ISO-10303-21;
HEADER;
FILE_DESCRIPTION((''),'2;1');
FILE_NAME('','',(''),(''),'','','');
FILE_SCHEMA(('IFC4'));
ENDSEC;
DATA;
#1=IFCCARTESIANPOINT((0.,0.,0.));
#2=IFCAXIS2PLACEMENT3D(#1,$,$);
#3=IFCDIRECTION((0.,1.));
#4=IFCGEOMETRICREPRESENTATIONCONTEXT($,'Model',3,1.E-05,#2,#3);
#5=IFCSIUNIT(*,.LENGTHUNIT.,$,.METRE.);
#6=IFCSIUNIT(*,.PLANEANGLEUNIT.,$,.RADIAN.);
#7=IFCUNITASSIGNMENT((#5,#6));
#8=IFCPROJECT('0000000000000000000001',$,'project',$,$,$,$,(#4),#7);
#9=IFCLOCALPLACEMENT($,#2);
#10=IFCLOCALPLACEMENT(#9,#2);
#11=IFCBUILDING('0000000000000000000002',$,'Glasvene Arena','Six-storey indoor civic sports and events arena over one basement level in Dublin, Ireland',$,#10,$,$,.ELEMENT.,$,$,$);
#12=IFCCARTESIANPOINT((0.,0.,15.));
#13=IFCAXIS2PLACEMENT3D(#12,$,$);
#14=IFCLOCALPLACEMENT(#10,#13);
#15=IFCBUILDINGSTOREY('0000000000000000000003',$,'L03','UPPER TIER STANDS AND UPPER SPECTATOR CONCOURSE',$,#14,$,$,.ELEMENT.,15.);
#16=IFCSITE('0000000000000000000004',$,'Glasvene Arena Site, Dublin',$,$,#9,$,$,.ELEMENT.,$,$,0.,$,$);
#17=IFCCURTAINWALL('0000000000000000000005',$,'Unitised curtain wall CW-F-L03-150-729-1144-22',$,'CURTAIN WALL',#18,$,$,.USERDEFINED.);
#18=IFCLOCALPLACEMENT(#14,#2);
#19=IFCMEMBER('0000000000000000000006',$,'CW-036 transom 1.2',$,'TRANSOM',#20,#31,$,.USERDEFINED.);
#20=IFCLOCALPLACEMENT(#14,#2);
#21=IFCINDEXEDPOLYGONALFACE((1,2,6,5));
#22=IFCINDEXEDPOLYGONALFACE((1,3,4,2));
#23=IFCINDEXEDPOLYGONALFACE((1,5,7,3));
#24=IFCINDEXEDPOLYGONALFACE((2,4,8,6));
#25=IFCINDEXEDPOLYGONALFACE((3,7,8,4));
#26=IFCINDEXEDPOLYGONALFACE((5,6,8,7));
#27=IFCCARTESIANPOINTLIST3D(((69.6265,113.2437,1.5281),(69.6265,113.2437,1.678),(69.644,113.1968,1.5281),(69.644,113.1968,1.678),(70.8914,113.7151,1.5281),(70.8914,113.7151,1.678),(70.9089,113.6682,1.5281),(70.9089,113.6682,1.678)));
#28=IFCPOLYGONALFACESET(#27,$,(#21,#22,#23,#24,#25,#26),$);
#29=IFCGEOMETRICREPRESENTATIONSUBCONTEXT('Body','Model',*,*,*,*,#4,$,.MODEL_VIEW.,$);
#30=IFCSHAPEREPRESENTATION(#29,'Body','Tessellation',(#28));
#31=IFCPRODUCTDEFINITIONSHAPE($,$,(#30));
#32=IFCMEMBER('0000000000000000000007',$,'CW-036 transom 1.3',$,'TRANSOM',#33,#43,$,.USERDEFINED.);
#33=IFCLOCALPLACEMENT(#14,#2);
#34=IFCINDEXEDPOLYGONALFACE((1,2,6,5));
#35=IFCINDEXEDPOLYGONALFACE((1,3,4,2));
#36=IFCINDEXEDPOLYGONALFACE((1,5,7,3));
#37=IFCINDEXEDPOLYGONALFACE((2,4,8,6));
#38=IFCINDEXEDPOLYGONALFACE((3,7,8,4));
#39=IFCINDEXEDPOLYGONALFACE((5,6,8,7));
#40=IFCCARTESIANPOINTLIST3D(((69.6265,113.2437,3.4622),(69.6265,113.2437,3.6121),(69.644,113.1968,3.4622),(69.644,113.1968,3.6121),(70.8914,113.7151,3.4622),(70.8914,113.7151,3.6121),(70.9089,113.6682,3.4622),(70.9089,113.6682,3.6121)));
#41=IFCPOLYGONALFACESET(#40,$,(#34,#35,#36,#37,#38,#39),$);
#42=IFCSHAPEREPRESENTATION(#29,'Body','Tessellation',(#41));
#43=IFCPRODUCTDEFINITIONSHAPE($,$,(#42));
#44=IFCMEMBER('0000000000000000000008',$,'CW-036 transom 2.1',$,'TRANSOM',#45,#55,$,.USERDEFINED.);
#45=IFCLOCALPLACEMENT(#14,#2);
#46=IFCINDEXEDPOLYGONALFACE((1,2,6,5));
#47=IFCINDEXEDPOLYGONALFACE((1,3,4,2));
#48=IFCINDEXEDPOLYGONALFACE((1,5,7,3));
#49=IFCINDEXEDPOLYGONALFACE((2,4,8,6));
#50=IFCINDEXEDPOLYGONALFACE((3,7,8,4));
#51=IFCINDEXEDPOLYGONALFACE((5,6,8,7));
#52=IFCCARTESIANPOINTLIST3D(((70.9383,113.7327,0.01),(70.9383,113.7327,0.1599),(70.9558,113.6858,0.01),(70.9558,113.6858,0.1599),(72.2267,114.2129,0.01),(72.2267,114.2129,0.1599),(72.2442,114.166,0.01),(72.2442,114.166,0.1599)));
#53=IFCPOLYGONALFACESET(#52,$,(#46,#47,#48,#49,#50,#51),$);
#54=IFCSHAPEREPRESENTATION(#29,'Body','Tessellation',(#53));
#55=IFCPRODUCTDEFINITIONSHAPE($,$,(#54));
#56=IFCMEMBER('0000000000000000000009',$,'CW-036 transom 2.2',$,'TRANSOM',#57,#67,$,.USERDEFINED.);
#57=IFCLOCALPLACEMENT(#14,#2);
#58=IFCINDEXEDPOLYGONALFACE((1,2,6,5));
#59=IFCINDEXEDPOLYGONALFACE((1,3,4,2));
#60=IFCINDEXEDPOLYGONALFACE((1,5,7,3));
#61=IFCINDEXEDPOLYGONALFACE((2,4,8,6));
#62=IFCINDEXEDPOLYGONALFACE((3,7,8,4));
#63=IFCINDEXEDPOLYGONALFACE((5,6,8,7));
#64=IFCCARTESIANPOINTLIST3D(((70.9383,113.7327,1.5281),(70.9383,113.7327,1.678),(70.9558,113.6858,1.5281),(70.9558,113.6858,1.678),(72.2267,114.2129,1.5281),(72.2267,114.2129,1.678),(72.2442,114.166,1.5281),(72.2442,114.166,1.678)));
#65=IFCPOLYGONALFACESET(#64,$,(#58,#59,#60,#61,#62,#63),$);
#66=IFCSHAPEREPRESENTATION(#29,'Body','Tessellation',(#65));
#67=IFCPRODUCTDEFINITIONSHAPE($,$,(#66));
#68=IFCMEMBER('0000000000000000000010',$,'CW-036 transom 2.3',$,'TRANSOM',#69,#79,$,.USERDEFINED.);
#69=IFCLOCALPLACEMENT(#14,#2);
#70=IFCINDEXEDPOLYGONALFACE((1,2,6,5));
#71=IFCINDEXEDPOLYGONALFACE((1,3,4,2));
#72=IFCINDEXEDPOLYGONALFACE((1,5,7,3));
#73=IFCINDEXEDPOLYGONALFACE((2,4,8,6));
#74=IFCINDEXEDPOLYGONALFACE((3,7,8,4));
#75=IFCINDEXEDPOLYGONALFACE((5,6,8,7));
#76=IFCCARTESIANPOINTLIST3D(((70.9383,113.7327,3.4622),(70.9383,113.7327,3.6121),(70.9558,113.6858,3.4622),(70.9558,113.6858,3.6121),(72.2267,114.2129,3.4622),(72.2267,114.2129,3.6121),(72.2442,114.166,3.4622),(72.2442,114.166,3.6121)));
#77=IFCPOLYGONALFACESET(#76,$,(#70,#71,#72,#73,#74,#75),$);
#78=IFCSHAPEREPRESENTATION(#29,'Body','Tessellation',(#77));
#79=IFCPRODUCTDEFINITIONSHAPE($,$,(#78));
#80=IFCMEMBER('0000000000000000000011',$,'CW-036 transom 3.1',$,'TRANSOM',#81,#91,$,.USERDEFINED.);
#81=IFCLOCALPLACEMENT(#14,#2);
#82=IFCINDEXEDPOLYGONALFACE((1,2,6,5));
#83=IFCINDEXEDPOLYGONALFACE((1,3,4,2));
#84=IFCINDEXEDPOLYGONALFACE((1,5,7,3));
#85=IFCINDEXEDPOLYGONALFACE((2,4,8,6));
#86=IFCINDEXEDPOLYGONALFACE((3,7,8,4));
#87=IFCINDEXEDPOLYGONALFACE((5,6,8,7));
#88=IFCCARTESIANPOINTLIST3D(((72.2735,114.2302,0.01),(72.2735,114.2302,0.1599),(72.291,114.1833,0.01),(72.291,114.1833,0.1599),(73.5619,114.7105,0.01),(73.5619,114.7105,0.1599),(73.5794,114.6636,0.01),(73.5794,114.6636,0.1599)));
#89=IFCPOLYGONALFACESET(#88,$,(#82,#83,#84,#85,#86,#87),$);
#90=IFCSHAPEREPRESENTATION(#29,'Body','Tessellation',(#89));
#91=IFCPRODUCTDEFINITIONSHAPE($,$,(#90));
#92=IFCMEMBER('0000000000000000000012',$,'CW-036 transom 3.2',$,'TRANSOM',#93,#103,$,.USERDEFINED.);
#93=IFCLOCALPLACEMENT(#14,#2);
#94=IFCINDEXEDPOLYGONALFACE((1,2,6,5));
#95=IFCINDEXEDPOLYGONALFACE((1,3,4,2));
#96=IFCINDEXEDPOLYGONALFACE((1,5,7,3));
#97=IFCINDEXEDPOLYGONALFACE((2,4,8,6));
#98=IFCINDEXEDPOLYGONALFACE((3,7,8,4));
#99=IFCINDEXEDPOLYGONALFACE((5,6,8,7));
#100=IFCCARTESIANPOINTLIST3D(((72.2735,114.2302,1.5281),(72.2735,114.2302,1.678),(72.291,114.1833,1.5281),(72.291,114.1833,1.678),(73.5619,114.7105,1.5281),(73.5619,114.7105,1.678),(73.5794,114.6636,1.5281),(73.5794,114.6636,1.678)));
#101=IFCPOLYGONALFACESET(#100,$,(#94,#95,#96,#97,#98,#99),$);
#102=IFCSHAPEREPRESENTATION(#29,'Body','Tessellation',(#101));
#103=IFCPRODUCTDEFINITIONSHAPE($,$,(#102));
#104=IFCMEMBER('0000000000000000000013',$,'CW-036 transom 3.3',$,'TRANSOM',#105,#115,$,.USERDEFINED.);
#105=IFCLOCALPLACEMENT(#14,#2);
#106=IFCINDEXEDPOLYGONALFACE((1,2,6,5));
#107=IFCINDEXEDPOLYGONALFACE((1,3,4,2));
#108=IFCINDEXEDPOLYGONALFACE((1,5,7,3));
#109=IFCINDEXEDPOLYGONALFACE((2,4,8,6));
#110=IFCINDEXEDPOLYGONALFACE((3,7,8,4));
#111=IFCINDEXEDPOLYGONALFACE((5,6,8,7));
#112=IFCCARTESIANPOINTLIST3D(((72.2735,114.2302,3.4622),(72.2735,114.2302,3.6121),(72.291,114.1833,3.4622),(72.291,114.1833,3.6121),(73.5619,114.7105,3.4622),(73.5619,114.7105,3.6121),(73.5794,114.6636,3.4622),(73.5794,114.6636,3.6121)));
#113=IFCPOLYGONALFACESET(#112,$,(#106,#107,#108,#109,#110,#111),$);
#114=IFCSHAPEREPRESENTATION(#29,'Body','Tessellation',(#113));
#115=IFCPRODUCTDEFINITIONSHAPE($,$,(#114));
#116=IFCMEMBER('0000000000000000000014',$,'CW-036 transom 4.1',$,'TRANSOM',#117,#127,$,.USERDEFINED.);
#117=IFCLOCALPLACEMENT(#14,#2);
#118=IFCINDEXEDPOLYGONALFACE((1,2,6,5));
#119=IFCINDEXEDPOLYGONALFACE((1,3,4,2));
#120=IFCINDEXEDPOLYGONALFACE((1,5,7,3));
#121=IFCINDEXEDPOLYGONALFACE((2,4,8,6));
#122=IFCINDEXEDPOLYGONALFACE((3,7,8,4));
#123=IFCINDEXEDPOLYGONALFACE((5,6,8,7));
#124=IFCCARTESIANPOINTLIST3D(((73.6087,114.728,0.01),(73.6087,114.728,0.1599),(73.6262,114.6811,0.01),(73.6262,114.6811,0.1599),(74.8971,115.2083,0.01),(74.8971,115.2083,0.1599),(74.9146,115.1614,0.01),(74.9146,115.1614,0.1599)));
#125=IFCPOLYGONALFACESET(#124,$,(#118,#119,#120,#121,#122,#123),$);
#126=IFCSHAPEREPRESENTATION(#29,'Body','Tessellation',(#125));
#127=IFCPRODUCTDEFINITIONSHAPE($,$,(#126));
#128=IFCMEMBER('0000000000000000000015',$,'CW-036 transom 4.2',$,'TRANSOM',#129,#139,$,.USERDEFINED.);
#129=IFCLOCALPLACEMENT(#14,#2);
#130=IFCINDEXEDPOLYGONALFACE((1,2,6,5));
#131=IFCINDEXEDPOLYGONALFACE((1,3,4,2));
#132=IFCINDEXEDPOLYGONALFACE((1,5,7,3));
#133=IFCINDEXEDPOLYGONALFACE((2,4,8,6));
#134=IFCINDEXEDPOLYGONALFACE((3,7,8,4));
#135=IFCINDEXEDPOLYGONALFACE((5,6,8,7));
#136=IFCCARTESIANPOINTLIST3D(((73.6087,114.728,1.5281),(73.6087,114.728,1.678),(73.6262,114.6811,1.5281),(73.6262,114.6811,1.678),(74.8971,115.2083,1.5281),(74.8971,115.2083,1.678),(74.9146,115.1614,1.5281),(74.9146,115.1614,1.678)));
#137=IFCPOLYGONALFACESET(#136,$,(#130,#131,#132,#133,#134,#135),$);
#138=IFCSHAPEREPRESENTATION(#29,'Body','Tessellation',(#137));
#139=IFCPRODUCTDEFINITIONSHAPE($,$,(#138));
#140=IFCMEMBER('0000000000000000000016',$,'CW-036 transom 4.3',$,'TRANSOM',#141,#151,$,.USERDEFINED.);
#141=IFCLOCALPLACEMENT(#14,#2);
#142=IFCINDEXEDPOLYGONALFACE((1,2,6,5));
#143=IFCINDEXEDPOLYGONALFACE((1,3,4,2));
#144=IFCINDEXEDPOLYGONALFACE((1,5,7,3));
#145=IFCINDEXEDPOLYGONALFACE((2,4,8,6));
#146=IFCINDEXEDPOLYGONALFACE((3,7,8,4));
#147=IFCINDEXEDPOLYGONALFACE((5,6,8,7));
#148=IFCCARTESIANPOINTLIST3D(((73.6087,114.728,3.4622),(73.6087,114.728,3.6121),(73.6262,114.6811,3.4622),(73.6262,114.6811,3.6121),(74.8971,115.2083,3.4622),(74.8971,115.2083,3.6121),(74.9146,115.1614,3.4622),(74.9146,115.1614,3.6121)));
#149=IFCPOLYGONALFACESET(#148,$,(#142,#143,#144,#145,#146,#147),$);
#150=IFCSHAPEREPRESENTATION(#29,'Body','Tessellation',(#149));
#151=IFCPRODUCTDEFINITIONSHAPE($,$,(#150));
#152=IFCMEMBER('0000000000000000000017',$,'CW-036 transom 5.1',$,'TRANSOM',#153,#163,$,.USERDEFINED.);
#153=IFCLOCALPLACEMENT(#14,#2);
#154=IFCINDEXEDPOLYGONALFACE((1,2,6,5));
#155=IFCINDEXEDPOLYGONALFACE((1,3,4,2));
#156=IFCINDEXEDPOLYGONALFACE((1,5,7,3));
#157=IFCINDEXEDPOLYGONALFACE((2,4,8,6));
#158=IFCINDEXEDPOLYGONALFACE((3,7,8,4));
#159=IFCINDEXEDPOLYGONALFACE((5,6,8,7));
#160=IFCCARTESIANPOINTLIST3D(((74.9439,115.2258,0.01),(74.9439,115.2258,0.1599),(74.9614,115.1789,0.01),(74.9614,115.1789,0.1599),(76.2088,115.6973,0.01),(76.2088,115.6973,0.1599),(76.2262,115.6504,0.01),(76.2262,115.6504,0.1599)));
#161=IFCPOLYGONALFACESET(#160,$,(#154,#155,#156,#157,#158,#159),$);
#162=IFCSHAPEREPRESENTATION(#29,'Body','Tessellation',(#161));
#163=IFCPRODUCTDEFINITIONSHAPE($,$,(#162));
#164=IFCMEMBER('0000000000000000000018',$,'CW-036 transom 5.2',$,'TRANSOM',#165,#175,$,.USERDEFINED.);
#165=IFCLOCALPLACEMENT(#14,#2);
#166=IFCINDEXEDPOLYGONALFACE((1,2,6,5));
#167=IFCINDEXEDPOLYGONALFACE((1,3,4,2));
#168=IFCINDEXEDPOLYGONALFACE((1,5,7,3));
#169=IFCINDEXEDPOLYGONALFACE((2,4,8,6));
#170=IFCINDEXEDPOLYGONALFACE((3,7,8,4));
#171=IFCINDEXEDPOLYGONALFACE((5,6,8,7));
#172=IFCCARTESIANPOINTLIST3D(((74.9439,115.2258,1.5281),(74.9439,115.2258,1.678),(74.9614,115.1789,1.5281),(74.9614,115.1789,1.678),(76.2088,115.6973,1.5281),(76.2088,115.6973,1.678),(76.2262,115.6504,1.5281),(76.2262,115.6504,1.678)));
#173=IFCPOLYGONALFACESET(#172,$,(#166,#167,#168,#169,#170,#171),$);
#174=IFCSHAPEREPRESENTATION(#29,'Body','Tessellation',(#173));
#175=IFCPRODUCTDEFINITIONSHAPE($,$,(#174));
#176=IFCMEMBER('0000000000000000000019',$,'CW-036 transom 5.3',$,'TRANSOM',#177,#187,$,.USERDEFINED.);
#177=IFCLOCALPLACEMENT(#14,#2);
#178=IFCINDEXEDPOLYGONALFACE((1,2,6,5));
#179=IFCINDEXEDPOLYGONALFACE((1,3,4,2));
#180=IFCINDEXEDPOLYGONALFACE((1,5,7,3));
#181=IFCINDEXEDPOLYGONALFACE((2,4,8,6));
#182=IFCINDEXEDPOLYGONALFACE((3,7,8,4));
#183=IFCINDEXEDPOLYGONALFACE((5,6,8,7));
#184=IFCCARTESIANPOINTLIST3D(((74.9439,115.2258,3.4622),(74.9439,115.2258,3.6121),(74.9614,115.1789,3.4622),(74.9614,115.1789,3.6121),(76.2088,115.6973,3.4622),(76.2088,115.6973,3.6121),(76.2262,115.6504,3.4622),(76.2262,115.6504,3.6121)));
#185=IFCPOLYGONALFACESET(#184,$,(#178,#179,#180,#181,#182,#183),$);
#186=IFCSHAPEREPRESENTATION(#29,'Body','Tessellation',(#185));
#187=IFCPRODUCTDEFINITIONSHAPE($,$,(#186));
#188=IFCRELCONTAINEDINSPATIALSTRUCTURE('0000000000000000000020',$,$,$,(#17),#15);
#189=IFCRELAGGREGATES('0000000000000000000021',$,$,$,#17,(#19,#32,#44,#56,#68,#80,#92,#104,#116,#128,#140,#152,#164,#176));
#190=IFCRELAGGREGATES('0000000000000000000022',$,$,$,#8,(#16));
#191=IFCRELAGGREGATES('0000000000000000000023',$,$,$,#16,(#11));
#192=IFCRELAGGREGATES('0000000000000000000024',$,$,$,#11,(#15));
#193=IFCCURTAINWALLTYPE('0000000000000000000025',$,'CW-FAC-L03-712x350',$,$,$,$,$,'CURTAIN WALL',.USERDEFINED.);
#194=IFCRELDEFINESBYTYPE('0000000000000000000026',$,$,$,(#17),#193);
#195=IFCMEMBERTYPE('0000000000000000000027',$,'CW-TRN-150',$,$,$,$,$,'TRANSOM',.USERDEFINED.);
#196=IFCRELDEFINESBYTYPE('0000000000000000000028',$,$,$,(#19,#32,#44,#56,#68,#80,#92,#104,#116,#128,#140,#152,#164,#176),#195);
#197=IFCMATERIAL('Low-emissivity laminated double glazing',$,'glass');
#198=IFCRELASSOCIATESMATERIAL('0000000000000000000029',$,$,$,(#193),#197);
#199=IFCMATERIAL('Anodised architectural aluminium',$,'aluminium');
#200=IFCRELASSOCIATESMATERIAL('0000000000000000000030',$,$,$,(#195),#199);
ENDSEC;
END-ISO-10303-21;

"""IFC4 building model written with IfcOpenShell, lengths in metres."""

from ifc_helpers import new_model, si_unit, direction, frame, origin, origin_2d, place, context, subcontext, project, spatial, rectangle, extrude, material, material_profile, profile_set, type_object, element, aggregate, save


model = new_model("IFC4")

# Units and contexts
model_context = context("Model", 3, precision=1e-05, world=origin(), true_north=direction((0.0, 1.0)))
body_context = subcontext(model_context, "Body", "Model", "MODEL_VIEW")
ifc_project = project(units=[si_unit("LENGTHUNIT", "METRE"), si_unit("PLANEANGLEUNIT", "RADIAN")], contexts=[model_context])

# Site, building, storey
site_placement = place(None, origin())
site = spatial("IfcSite", under=ifc_project, at=site_placement, Name="Glasvene Arena Site, Dublin", CompositionType="ELEMENT", RefElevation=0.0)
building_placement = place(site_placement, origin())
building = spatial("IfcBuilding", under=site, at=building_placement, Name="Glasvene Arena", Description="Six-storey indoor civic sports and events arena over one basement level in Dublin, Ireland", CompositionType="ELEMENT")
storey_placement = place(building_placement, frame((0.0, 0.0, 15.0)))
storey = spatial("IfcBuildingStorey", under=building, at=storey_placement, Name="L03", Description="UPPER TIER STANDS AND UPPER SPECTATOR CONCOURSE", CompositionType="ELEMENT", Elevation=15.0)

# Curtain wall, members
ifc_material_1 = material(Name="Low-emissivity laminated double glazing", Category="glass")
curtain_wall_type = type_object("IfcCurtainWallType", Name="CW-FAC-L03-712x350", ElementType="CURTAIN WALL", PredefinedType="USERDEFINED", material=ifc_material_1)
curtain_wall_placement = place(storey_placement, frame((69.5884, 113.2026, 0.0)))
curtain_wall = element("IfcCurtainWall", 1, at=curtain_wall_placement, inside=storey, type_object=curtain_wall_type, Name="Unitised curtain wall CW-F-L03-150-729-1144-22", ObjectType="CURTAIN WALL", PredefinedType="USERDEFINED")
ifc_material_2 = material(Name="Anodised architectural aluminium", Category="aluminium")
ifc_material_profile_1 = material_profile(ifc_material_2, rectangle(XDim=0.05, YDim=0.1499, at=origin_2d()), Name="ALU TRANSOM 50x150")
ifc_profile_set_1 = profile_set([ifc_material_profile_1], Name="Anodised architectural aluminium")
member_type_1 = type_object("IfcMemberType", Name="CW-TRN-150", ElementType="TRANSOM", PredefinedType="USERDEFINED", material=ifc_profile_set_1)
member_1_placement = place(storey_placement, frame((69.6353, 113.2202, 1.603), z_axis=(0.937033, 0.34924, 0.0), x_axis=(-0.34924, 0.937033, 0.0)))
member_1 = element("IfcMember", 2, at=member_1_placement, type_object=member_type_1, Name="CW-036 transom 1.2", ObjectType="TRANSOM", PredefinedType="USERDEFINED", context=body_context, shape_type="SweptSolid", body=[
    extrude(rectangle(XDim=0.05, YDim=0.1499, at=origin_2d()), origin(), (0.0, 0.0, 1.0), 1.3499),
])
member_2_placement = place(storey_placement, frame((69.6353, 113.2202, 3.5371), z_axis=(0.937033, 0.34924, 0.0), x_axis=(-0.34924, 0.937033, 0.0)))
member_2 = element("IfcMember", 3, at=member_2_placement, type_object=member_type_1, Name="CW-036 transom 1.3", ObjectType="TRANSOM", PredefinedType="USERDEFINED", context=body_context, shape_type="SweptSolid", body=[
    extrude(rectangle(XDim=0.05, YDim=0.1499, at=origin_2d()), origin(), (0.0, 0.0, 1.0), 1.3499),
])
member_3_placement = place(storey_placement, frame((70.947, 113.7092, 0.085), z_axis=(0.937021, 0.349274, 0.0), x_axis=(-0.349274, 0.937021, 0.0)))
member_3 = element("IfcMember", 4, at=member_3_placement, type_object=member_type_1, Name="CW-036 transom 2.1", ObjectType="TRANSOM", PredefinedType="USERDEFINED", context=body_context, shape_type="SweptSolid", body=[
    extrude(rectangle(XDim=0.05, YDim=0.1499, at=origin_2d()), origin(), (0.0, 0.0, 1.0), 1.375),
])
member_4_placement = place(storey_placement, frame((70.947, 113.7092, 1.603), z_axis=(0.937021, 0.349274, 0.0), x_axis=(-0.349274, 0.937021, 0.0)))
member_4 = element("IfcMember", 5, at=member_4_placement, type_object=member_type_1, Name="CW-036 transom 2.2", ObjectType="TRANSOM", PredefinedType="USERDEFINED", context=body_context, shape_type="SweptSolid", body=[
    extrude(rectangle(XDim=0.05, YDim=0.1499, at=origin_2d()), origin(), (0.0, 0.0, 1.0), 1.375),
])
member_5_placement = place(storey_placement, frame((70.947, 113.7092, 3.5371), z_axis=(0.937021, 0.349274, 0.0), x_axis=(-0.349274, 0.937021, 0.0)))
member_5 = element("IfcMember", 6, at=member_5_placement, type_object=member_type_1, Name="CW-036 transom 2.3", ObjectType="TRANSOM", PredefinedType="USERDEFINED", context=body_context, shape_type="SweptSolid", body=[
    extrude(rectangle(XDim=0.05, YDim=0.1499, at=origin_2d()), origin(), (0.0, 0.0, 1.0), 1.375),
])
member_6_placement = place(storey_placement, frame((72.2822, 114.2068, 0.085), z_axis=(0.937021, 0.349274, 0.0), x_axis=(-0.349274, 0.937021, 0.0)))
member_6 = element("IfcMember", 7, at=member_6_placement, type_object=member_type_1, Name="CW-036 transom 3.1", ObjectType="TRANSOM", PredefinedType="USERDEFINED", context=body_context, shape_type="SweptSolid", body=[
    extrude(rectangle(XDim=0.05, YDim=0.1499, at=origin_2d()), origin(), (0.0, 0.0, 1.0), 1.375),
])
member_7_placement = place(storey_placement, frame((72.2822, 114.2068, 1.603), z_axis=(0.937021, 0.349274, 0.0), x_axis=(-0.349274, 0.937021, 0.0)))
member_7 = element("IfcMember", 8, at=member_7_placement, type_object=member_type_1, Name="CW-036 transom 3.2", ObjectType="TRANSOM", PredefinedType="USERDEFINED", context=body_context, shape_type="SweptSolid", body=[
    extrude(rectangle(XDim=0.05, YDim=0.1499, at=origin_2d()), origin(), (0.0, 0.0, 1.0), 1.375),
])
member_8_placement = place(storey_placement, frame((72.2822, 114.2068, 3.5371), z_axis=(0.937021, 0.349274, 0.0), x_axis=(-0.349274, 0.937021, 0.0)))
member_8 = element("IfcMember", 9, at=member_8_placement, type_object=member_type_1, Name="CW-036 transom 3.3", ObjectType="TRANSOM", PredefinedType="USERDEFINED", context=body_context, shape_type="SweptSolid", body=[
    extrude(rectangle(XDim=0.05, YDim=0.1499, at=origin_2d()), origin(), (0.0, 0.0, 1.0), 1.375),
])
member_9_placement = place(storey_placement, frame((73.6174, 114.7046, 0.085), z_axis=(0.937021, 0.349274, 0.0), x_axis=(-0.349274, 0.937021, 0.0)))
member_9 = element("IfcMember", 10, at=member_9_placement, type_object=member_type_1, Name="CW-036 transom 4.1", ObjectType="TRANSOM", PredefinedType="USERDEFINED", context=body_context, shape_type="SweptSolid", body=[
    extrude(rectangle(XDim=0.05, YDim=0.1499, at=origin_2d()), origin(), (0.0, 0.0, 1.0), 1.375),
])
member_10_placement = place(storey_placement, frame((73.6174, 114.7046, 1.603), z_axis=(0.937021, 0.349274, 0.0), x_axis=(-0.349274, 0.937021, 0.0)))
member_10 = element("IfcMember", 11, at=member_10_placement, type_object=member_type_1, Name="CW-036 transom 4.2", ObjectType="TRANSOM", PredefinedType="USERDEFINED", context=body_context, shape_type="SweptSolid", body=[
    extrude(rectangle(XDim=0.05, YDim=0.1499, at=origin_2d()), origin(), (0.0, 0.0, 1.0), 1.375),
])
member_11_placement = place(storey_placement, frame((73.6174, 114.7046, 3.5371), z_axis=(0.937021, 0.349274, 0.0), x_axis=(-0.349274, 0.937021, 0.0)))
member_11 = element("IfcMember", 12, at=member_11_placement, type_object=member_type_1, Name="CW-036 transom 4.3", ObjectType="TRANSOM", PredefinedType="USERDEFINED", context=body_context, shape_type="SweptSolid", body=[
    extrude(rectangle(XDim=0.05, YDim=0.1499, at=origin_2d()), origin(), (0.0, 0.0, 1.0), 1.375),
])
member_12_placement = place(storey_placement, frame((74.9526, 115.2024, 0.085), z_axis=(0.937033, 0.34924, 0.0), x_axis=(-0.34924, 0.937033, 0.0)))
member_12 = element("IfcMember", 13, at=member_12_placement, type_object=member_type_1, Name="CW-036 transom 5.1", ObjectType="TRANSOM", PredefinedType="USERDEFINED", context=body_context, shape_type="SweptSolid", body=[
    extrude(rectangle(XDim=0.05, YDim=0.1499, at=origin_2d()), origin(), (0.0, 0.0, 1.0), 1.3499),
])
member_13_placement = place(storey_placement, frame((74.9526, 115.2024, 1.603), z_axis=(0.937033, 0.34924, 0.0), x_axis=(-0.34924, 0.937033, 0.0)))
member_13 = element("IfcMember", 14, at=member_13_placement, type_object=member_type_1, Name="CW-036 transom 5.2", ObjectType="TRANSOM", PredefinedType="USERDEFINED", context=body_context, shape_type="SweptSolid", body=[
    extrude(rectangle(XDim=0.05, YDim=0.1499, at=origin_2d()), origin(), (0.0, 0.0, 1.0), 1.3499),
])
member_14_placement = place(storey_placement, frame((74.9526, 115.2024, 3.5371), z_axis=(0.937033, 0.34924, 0.0), x_axis=(-0.34924, 0.937033, 0.0)))
member_14 = element("IfcMember", 15, at=member_14_placement, type_object=member_type_1, Name="CW-036 transom 5.3", ObjectType="TRANSOM", PredefinedType="USERDEFINED", context=body_context, shape_type="SweptSolid", body=[
    extrude(rectangle(XDim=0.05, YDim=0.1499, at=origin_2d()), origin(), (0.0, 0.0, 1.0), 1.3499),
])
aggregate(curtain_wall, [member_1, member_2, member_3, member_4, member_5, member_6, member_7, member_8, member_9, member_10, member_11, member_12, member_13, member_14])

save(model, "model.ifc")
